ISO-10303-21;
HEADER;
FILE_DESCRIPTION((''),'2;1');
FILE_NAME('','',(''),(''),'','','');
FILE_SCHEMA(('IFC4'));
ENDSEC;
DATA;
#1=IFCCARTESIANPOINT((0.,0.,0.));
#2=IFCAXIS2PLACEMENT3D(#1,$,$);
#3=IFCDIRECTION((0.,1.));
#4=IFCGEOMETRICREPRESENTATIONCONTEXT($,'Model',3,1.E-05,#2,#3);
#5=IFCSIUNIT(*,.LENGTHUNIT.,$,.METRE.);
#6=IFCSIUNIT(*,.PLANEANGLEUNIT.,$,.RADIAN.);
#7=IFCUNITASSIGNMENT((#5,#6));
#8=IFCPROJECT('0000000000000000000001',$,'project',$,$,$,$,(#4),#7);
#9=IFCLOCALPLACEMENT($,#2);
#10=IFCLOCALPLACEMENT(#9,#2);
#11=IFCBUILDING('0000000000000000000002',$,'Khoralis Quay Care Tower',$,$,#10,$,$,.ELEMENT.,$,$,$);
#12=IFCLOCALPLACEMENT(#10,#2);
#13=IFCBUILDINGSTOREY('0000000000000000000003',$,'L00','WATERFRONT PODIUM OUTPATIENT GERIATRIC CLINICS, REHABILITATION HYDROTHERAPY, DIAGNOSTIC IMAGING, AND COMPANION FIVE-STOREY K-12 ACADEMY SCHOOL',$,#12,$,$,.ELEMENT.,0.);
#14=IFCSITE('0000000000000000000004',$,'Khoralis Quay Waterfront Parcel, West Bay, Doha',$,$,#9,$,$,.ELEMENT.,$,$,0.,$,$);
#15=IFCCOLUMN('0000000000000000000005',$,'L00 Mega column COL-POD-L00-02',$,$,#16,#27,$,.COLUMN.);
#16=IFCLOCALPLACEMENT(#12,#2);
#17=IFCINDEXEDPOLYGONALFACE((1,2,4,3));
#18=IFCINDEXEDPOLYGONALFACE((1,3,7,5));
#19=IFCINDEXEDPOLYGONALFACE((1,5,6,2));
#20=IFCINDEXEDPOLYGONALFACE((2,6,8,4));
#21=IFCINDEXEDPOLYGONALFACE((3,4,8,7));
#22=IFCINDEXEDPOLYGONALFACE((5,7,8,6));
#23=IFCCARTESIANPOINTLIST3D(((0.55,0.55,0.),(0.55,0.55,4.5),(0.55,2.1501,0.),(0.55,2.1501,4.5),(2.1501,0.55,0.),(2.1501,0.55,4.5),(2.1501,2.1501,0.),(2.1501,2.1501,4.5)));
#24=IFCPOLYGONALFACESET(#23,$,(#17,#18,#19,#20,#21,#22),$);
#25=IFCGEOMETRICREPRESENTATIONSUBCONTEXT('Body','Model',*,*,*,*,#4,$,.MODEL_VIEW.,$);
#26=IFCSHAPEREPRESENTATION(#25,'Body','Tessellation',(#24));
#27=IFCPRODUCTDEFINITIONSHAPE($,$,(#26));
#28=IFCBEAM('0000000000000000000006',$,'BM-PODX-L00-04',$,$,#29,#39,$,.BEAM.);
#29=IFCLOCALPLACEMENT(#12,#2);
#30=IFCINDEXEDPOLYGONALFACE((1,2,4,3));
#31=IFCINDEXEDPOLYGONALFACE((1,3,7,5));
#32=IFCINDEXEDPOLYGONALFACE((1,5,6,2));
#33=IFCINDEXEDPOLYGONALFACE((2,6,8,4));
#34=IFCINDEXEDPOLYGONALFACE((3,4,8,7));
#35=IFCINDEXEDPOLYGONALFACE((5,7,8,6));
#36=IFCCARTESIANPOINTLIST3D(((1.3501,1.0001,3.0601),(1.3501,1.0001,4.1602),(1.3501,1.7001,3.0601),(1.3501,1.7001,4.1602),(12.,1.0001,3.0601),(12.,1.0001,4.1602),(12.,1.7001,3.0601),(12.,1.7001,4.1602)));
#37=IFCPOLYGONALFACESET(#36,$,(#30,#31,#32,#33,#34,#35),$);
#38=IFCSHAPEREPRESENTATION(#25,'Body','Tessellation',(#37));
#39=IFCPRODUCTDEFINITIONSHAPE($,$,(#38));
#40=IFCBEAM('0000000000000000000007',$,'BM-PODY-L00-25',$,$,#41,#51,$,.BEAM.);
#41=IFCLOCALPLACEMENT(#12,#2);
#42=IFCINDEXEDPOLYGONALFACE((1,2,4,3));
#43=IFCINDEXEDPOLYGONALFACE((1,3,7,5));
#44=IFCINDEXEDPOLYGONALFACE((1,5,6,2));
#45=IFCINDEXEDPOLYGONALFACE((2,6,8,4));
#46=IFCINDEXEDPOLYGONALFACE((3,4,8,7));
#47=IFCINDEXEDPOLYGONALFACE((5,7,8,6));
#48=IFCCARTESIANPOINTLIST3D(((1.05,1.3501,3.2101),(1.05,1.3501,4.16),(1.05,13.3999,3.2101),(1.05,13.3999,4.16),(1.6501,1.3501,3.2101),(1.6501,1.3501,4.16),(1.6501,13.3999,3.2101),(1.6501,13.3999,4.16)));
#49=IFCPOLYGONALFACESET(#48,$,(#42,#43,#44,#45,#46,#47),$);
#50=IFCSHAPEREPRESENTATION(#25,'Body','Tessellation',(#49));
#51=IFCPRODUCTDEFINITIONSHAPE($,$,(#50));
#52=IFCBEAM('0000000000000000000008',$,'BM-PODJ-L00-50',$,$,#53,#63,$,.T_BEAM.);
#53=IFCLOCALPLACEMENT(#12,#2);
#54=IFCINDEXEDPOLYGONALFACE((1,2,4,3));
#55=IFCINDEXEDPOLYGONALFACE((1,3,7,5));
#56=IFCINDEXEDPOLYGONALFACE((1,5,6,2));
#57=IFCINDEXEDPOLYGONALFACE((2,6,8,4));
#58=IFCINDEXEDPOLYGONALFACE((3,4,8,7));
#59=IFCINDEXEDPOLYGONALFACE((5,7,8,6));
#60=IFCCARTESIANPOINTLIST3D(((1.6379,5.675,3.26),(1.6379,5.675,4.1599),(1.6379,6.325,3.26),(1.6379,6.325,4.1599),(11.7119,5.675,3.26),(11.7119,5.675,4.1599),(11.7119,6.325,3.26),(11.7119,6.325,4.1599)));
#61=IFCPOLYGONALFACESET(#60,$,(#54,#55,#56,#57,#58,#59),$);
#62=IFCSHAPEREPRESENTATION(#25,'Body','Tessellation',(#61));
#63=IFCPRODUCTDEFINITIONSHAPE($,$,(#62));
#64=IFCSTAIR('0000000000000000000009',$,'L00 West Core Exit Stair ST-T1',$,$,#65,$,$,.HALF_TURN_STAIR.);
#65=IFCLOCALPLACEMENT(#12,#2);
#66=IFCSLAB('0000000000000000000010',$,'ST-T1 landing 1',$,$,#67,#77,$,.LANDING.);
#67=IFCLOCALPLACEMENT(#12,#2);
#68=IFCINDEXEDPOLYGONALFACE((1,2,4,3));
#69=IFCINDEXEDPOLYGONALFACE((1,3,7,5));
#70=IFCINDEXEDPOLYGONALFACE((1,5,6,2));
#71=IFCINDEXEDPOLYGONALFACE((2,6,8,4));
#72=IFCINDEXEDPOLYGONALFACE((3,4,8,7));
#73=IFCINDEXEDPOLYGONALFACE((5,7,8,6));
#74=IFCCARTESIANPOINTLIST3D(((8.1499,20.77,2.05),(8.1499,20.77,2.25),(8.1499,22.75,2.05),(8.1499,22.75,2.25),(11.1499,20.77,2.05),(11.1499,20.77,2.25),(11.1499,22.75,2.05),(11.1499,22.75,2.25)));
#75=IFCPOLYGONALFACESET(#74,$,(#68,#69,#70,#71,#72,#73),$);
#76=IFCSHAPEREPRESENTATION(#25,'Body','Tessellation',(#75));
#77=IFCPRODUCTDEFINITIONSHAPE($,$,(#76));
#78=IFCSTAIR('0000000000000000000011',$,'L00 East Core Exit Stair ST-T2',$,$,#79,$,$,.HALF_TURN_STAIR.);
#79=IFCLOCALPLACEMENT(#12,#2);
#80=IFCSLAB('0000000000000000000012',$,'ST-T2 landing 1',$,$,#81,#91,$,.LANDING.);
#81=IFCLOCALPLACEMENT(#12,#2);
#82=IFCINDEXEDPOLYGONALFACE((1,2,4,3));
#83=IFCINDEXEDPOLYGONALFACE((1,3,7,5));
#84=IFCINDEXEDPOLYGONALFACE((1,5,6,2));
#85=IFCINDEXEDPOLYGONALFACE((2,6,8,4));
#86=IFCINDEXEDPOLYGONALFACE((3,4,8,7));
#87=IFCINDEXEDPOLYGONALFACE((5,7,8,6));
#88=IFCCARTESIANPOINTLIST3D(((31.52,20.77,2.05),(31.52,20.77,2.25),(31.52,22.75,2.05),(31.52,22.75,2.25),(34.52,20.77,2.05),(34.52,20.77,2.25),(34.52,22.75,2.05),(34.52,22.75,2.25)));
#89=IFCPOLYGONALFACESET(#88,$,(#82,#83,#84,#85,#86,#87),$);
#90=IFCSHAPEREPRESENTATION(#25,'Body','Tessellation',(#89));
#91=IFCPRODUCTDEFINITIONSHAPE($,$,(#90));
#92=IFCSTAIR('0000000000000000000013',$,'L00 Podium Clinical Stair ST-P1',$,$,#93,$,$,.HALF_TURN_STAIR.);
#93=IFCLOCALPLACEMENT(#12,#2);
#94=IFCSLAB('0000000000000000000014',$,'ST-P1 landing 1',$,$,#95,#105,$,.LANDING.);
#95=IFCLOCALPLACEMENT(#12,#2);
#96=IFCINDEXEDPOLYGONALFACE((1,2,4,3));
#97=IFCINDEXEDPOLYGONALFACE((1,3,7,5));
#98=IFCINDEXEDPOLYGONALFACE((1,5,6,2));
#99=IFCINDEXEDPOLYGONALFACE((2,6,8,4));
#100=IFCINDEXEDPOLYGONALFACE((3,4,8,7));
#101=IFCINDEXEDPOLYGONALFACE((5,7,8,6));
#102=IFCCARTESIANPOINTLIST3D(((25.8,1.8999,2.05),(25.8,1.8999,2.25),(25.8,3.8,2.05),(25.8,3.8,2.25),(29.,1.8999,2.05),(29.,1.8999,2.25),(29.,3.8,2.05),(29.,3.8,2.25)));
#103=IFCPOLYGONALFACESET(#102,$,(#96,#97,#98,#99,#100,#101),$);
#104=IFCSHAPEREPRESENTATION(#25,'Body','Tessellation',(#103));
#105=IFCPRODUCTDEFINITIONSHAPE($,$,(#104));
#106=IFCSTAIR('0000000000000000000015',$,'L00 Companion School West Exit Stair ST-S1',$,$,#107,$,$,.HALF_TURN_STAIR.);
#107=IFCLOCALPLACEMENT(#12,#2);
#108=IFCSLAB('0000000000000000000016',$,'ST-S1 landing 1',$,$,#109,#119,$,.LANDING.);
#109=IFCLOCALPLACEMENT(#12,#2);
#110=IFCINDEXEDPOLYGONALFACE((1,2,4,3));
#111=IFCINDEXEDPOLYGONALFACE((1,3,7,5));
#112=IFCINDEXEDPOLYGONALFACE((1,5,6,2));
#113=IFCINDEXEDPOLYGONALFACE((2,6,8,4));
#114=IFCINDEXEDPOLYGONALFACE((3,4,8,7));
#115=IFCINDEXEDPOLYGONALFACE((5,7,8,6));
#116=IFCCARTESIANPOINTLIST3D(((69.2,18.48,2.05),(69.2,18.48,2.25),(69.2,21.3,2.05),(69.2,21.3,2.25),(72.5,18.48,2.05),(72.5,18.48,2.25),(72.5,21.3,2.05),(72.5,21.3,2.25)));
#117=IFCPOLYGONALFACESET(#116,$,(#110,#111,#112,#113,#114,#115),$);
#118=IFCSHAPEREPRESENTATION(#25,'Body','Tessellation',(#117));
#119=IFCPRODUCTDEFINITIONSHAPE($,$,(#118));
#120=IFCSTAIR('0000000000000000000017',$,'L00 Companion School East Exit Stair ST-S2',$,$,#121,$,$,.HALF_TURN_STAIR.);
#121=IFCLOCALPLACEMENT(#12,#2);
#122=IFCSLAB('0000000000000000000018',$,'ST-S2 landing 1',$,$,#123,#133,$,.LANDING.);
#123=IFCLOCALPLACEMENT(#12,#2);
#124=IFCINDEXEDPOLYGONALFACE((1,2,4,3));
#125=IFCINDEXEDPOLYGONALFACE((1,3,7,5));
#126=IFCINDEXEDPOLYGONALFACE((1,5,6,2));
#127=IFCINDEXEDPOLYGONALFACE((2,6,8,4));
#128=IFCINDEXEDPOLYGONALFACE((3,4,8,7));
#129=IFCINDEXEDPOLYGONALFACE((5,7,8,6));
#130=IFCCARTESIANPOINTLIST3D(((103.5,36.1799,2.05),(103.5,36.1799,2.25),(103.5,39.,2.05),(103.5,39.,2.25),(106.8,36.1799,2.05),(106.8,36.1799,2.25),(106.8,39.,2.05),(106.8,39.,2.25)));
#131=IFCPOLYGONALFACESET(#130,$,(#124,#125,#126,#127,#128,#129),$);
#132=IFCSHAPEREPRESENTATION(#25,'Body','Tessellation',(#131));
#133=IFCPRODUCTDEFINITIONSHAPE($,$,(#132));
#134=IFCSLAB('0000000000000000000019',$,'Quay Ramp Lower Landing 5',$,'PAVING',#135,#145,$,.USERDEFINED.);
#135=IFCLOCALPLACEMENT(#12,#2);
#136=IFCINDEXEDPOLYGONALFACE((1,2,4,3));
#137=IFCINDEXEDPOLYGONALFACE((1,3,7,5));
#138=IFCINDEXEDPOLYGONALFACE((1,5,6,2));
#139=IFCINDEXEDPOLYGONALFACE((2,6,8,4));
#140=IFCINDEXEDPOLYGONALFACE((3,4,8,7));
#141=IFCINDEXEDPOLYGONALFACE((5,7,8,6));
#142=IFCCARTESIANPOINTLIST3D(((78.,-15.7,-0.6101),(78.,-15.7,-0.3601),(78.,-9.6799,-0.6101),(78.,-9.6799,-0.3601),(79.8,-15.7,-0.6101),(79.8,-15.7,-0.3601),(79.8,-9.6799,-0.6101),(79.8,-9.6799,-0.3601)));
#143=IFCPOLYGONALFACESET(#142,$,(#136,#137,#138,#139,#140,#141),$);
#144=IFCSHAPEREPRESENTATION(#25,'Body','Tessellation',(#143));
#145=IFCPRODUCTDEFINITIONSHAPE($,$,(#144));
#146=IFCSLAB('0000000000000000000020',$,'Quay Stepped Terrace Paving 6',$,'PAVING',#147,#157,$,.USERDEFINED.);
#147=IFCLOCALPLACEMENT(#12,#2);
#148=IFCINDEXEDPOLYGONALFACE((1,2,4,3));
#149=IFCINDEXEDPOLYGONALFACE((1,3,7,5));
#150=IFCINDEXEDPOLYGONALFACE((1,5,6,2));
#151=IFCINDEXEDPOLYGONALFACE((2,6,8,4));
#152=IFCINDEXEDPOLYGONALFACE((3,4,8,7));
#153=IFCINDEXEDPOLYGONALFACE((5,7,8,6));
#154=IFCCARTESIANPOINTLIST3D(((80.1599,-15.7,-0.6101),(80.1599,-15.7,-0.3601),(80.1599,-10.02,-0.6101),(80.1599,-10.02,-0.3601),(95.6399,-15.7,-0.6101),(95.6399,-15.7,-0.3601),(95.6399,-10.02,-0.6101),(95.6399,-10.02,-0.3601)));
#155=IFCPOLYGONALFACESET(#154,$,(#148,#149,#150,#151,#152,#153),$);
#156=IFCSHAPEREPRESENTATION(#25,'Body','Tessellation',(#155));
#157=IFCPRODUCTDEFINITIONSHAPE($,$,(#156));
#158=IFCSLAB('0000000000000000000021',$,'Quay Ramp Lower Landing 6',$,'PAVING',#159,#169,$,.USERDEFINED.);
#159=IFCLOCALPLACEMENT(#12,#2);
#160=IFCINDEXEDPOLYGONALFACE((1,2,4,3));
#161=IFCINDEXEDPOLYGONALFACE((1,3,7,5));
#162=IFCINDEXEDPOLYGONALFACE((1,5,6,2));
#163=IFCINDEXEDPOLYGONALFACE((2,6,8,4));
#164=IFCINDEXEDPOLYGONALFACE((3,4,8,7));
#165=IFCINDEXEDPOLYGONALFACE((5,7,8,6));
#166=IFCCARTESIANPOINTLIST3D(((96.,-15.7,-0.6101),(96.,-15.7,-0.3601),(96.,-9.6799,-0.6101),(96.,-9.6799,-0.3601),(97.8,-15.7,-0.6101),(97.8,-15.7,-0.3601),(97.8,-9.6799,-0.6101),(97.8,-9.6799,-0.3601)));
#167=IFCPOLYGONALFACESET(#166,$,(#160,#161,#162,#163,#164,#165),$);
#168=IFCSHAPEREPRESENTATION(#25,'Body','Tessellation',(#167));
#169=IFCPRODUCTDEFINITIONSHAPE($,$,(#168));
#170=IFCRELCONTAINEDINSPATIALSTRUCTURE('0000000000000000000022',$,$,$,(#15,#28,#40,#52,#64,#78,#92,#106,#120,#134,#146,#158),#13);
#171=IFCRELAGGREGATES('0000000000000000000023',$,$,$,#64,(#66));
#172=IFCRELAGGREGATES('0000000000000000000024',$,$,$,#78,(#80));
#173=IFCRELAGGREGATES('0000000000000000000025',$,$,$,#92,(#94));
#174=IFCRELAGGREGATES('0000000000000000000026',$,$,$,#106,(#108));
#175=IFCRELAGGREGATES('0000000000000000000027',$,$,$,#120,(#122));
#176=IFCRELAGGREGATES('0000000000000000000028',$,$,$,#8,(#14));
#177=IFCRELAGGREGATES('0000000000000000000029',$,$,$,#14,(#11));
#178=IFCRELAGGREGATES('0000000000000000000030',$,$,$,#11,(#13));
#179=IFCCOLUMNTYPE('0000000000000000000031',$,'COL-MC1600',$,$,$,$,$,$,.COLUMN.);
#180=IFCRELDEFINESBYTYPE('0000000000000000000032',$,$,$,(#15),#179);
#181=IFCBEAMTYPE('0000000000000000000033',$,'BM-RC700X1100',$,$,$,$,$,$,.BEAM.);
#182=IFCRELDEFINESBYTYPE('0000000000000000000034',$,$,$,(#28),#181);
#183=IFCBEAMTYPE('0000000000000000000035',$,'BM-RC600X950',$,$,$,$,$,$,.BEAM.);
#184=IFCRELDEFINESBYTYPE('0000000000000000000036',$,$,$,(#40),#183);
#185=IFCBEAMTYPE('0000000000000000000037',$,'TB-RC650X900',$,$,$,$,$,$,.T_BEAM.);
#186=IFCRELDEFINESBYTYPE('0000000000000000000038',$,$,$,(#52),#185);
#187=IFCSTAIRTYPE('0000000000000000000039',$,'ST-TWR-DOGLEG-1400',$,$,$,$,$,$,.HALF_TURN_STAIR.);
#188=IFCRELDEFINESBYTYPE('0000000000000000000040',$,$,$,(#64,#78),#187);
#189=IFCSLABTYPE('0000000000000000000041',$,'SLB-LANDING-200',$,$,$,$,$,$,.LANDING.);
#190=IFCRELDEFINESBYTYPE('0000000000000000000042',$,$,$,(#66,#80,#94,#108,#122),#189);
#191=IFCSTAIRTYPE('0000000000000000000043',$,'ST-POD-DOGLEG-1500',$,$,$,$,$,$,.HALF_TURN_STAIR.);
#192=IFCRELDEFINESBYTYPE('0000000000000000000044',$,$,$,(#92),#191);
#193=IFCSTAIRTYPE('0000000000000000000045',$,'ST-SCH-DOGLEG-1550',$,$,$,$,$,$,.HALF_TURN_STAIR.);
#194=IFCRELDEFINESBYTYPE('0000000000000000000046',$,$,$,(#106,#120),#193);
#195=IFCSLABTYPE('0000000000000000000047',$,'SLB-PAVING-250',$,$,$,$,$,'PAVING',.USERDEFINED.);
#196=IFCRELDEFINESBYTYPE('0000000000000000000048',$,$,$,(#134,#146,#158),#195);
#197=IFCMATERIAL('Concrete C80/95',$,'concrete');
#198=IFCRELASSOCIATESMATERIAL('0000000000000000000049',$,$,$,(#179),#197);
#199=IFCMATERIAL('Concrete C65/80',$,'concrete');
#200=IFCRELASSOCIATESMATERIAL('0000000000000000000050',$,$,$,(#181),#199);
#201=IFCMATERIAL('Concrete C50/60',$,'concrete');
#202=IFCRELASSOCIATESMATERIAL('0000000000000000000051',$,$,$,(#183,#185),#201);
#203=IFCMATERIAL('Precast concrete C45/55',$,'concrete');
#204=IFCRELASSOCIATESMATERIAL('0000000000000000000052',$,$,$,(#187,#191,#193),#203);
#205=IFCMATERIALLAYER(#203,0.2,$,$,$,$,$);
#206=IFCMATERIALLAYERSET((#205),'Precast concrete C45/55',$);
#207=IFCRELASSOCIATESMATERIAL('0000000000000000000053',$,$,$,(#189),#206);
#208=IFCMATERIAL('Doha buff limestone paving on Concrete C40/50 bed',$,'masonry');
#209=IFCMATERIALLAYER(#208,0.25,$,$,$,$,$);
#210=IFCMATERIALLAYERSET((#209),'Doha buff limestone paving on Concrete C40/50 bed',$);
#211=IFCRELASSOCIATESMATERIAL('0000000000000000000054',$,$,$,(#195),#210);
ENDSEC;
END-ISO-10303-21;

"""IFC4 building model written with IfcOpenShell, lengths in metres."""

from ifc_helpers import new_model, si_unit, direction, frame, origin, origin_2d, place, context, subcontext, project, spatial, polyline, rectangle, outline, extrude, source, transform, mapped, material, layer, layer_set, material_profile, profile_set, type_object, element, aggregate, save


model = new_model("IFC4")

# Units and contexts
model_context = context("Model", 3, precision=1e-05, world=origin(), true_north=direction((0.0, 1.0)))
body_context = subcontext(model_context, "Body", "Model", "MODEL_VIEW")
ifc_project = project(units=[si_unit("LENGTHUNIT", "METRE"), si_unit("PLANEANGLEUNIT", "RADIAN")], contexts=[model_context])

# Site, building, storey
site_placement = place(None, origin())
site = spatial("IfcSite", under=ifc_project, at=site_placement, Name="Khoralis Quay Waterfront Parcel, West Bay, Doha", CompositionType="ELEMENT", RefElevation=0.0)
building_placement = place(site_placement, origin())
building = spatial("IfcBuilding", under=site, at=building_placement, Name="Khoralis Quay Care Tower", CompositionType="ELEMENT")
storey_placement = place(building_placement, origin())
storey = spatial("IfcBuildingStorey", under=building, at=storey_placement, Name="L00", Description="WATERFRONT PODIUM OUTPATIENT GERIATRIC CLINICS, REHABILITATION HYDROTHERAPY, DIAGNOSTIC IMAGING, AND COMPANION FIVE-STOREY K-12 ACADEMY SCHOOL", CompositionType="ELEMENT", Elevation=0.0)

# Column
ifc_material_1 = material(Name="Concrete C80/95", Category="concrete")
ifc_material_profile_1 = material_profile(ifc_material_1, rectangle(XDim=1.6001, YDim=1.6001, at=origin_2d()), Name="Concrete C80/95")
ifc_profile_set_1 = profile_set([ifc_material_profile_1], Name="Concrete C80/95")
column_type = type_object("IfcColumnType", Name="COL-MC1600", PredefinedType="COLUMN", material=ifc_profile_set_1)
shared_shape_1 = source(origin(), body_context, "Body", "SweptSolid", [
    extrude(rectangle(XDim=1.6001, YDim=1.6001, at=origin_2d()), origin(), (0.0, 0.0, 1.0), 4.5),
])
column_placement = place(storey_placement, frame((1.3501, 1.3501, 0.0), z_axis=(0.0, 0.0, 1.0), x_axis=(1.0, 0.0, 0.0)))
element("IfcColumn", 1, at=column_placement, inside=storey, type_object=column_type, Name="L00 Mega column COL-POD-L00-02", PredefinedType="COLUMN", context=body_context, shape_type="MappedRepresentation", body=[
    mapped(shared_shape_1, transform((0.0, 0.0, 0.0), scale=1.0)),
])

# Beams
ifc_material_2 = material(Name="Concrete C65/80", Category="concrete")
ifc_material_profile_2 = material_profile(ifc_material_2, rectangle(XDim=0.7, YDim=1.1001, at=origin_2d()), Name="Concrete C65/80")
ifc_profile_set_2 = profile_set([ifc_material_profile_2], Name="Concrete C65/80")
beam_type_1 = type_object("IfcBeamType", Name="BM-RC700X1100", PredefinedType="BEAM", material=ifc_profile_set_2)
shared_shape_2 = source(origin(), body_context, "Body", "SweptSolid", [
    extrude(rectangle(XDim=0.7, YDim=1.1001, at=origin_2d()), origin(), (0.0, 0.0, 1.0), 10.6499),
])
beam_1_placement = place(storey_placement, frame((1.3501, 1.3501, 3.6101), z_axis=(1.0, 0.0, 0.0), x_axis=(0.0, 1.0, 0.0)))
element("IfcBeam", 2, at=beam_1_placement, inside=storey, type_object=beam_type_1, Name="BM-PODX-L00-04", PredefinedType="BEAM", context=body_context, shape_type="MappedRepresentation", body=[
    mapped(shared_shape_2, transform((0.0, 0.0, 0.0), scale=1.0)),
])
ifc_material_3 = material(Name="Concrete C50/60", Category="concrete")
ifc_material_profile_3 = material_profile(ifc_material_3, rectangle(XDim=0.6001, YDim=0.95, at=origin_2d()), Name="Concrete C50/60")
ifc_profile_set_3 = profile_set([ifc_material_profile_3], Name="Concrete C50/60")
beam_type_2 = type_object("IfcBeamType", Name="BM-RC600X950", PredefinedType="BEAM", material=ifc_profile_set_3)
shared_shape_3 = source(origin(), body_context, "Body", "SweptSolid", [
    extrude(rectangle(XDim=0.6001, YDim=0.95, at=origin_2d()), origin(), (0.0, 0.0, 1.0), 12.0498),
])
beam_2_placement = place(storey_placement, frame((1.3501, 1.3501, 3.6851), z_axis=(0.0, 1.0, 0.0), x_axis=(-1.0, 0.0, 0.0)))
element("IfcBeam", 3, at=beam_2_placement, inside=storey, type_object=beam_type_2, Name="BM-PODY-L00-25", PredefinedType="BEAM", context=body_context, shape_type="MappedRepresentation", body=[
    mapped(shared_shape_3, transform((0.0, 0.0, 0.0), scale=1.0)),
])
ifc_material_profile_4 = material_profile(ifc_material_3, rectangle(XDim=0.6499, YDim=0.8999, at=origin_2d()), Name="Concrete C50/60")
ifc_profile_set_4 = profile_set([ifc_material_profile_4], Name="Concrete C50/60")
beam_type_3 = type_object("IfcBeamType", Name="TB-RC650X900", PredefinedType="T_BEAM", material=ifc_profile_set_4)
shared_shape_4 = source(origin(), body_context, "Body", "SweptSolid", [
    extrude(rectangle(XDim=0.6499, YDim=0.8999, at=origin_2d()), origin(), (0.0, 0.0, 1.0), 10.074),
])
beam_3_placement = place(storey_placement, frame((1.6379, 6.0, 3.71), z_axis=(1.0, 0.0, 0.0), x_axis=(0.0, 1.0, 0.0)))
element("IfcBeam", 4, at=beam_3_placement, inside=storey, type_object=beam_type_3, Name="BM-PODJ-L00-50", PredefinedType="T_BEAM", context=body_context, shape_type="MappedRepresentation", body=[
    mapped(shared_shape_4, transform((0.0, 0.0, 0.0), scale=1.0)),
])

# Stairs, slabs
ifc_material_4 = material(Name="Precast concrete C45/55", Category="concrete")
stair_type_1 = type_object("IfcStairType", Name="ST-TWR-DOGLEG-1400", PredefinedType="HALF_TURN_STAIR", material=ifc_material_4)
stair_1_placement = place(storey_placement, origin())
stair_1 = element("IfcStair", 5, at=stair_1_placement, inside=storey, type_object=stair_type_1, Name="L00 West Core Exit Stair ST-T1", PredefinedType="HALF_TURN_STAIR")
ifc_layer_1 = layer(ifc_material_4, 0.2)
ifc_layer_set_1 = layer_set([ifc_layer_1], Name="Precast concrete C45/55")
slab_type_1 = type_object("IfcSlabType", Name="SLB-LANDING-200", PredefinedType="LANDING", material=ifc_layer_set_1)
slab_1_placement = place(storey_placement, frame((0.0, 0.0, 2.05)))
slab_1 = element("IfcSlab", 6, at=slab_1_placement, type_object=slab_type_1, Name="ST-T1 landing 1", PredefinedType="LANDING", context=body_context, shape_type="SweptSolid", body=[
    extrude(outline(polyline([(11.1499, 20.77), (11.1499, 22.75), (8.1499, 22.75), (8.1499, 20.77), (11.1499, 20.77)])), origin(), (0.0, 0.0, 1.0), 0.2),
])
aggregate(stair_1, [slab_1])
stair_2_placement = place(storey_placement, origin())
stair_2 = element("IfcStair", 7, at=stair_2_placement, inside=storey, type_object=stair_type_1, Name="L00 East Core Exit Stair ST-T2", PredefinedType="HALF_TURN_STAIR")
slab_2_placement = place(storey_placement, frame((0.0, 0.0, 2.05)))
slab_2 = element("IfcSlab", 8, at=slab_2_placement, type_object=slab_type_1, Name="ST-T2 landing 1", PredefinedType="LANDING", context=body_context, shape_type="SweptSolid", body=[
    extrude(outline(polyline([(34.52, 20.77), (34.52, 22.75), (31.52, 22.75), (31.52, 20.77), (34.52, 20.77)])), origin(), (0.0, 0.0, 1.0), 0.2),
])
aggregate(stair_2, [slab_2])
stair_type_2 = type_object("IfcStairType", Name="ST-POD-DOGLEG-1500", PredefinedType="HALF_TURN_STAIR", material=ifc_material_4)
stair_3_placement = place(storey_placement, origin())
stair_3 = element("IfcStair", 9, at=stair_3_placement, inside=storey, type_object=stair_type_2, Name="L00 Podium Clinical Stair ST-P1", PredefinedType="HALF_TURN_STAIR")
slab_3_placement = place(storey_placement, frame((0.0, 0.0, 2.05)))
slab_3 = element("IfcSlab", 10, at=slab_3_placement, type_object=slab_type_1, Name="ST-P1 landing 1", PredefinedType="LANDING", context=body_context, shape_type="SweptSolid", body=[
    extrude(outline(polyline([(25.8, 3.8), (25.8, 1.8999), (29.0, 1.8999), (29.0, 3.8), (25.8, 3.8)])), origin(), (0.0, 0.0, 1.0), 0.2),
])
aggregate(stair_3, [slab_3])
stair_type_3 = type_object("IfcStairType", Name="ST-SCH-DOGLEG-1550", PredefinedType="HALF_TURN_STAIR", material=ifc_material_4)
stair_4_placement = place(storey_placement, origin())
stair_4 = element("IfcStair", 11, at=stair_4_placement, inside=storey, type_object=stair_type_3, Name="L00 Companion School West Exit Stair ST-S1", PredefinedType="HALF_TURN_STAIR")
slab_4_placement = place(storey_placement, frame((0.0, 0.0, 2.05)))
slab_4 = element("IfcSlab", 12, at=slab_4_placement, type_object=slab_type_1, Name="ST-S1 landing 1", PredefinedType="LANDING", context=body_context, shape_type="SweptSolid", body=[
    extrude(outline(polyline([(72.5, 18.48), (72.5, 21.3), (69.2, 21.3), (69.2, 18.48), (72.5, 18.48)])), origin(), (0.0, 0.0, 1.0), 0.2),
])
aggregate(stair_4, [slab_4])
stair_5_placement = place(storey_placement, origin())
stair_5 = element("IfcStair", 13, at=stair_5_placement, inside=storey, type_object=stair_type_3, Name="L00 Companion School East Exit Stair ST-S2", PredefinedType="HALF_TURN_STAIR")
slab_5_placement = place(storey_placement, frame((0.0, 0.0, 2.05)))
slab_5 = element("IfcSlab", 14, at=slab_5_placement, type_object=slab_type_1, Name="ST-S2 landing 1", PredefinedType="LANDING", context=body_context, shape_type="SweptSolid", body=[
    extrude(outline(polyline([(106.8, 36.1799), (106.8, 39.0), (103.5, 39.0), (103.5, 36.1799), (106.8, 36.1799)])), origin(), (0.0, 0.0, 1.0), 0.2),
])
aggregate(stair_5, [slab_5])

# Slabs
ifc_material_5 = material(Name="Doha buff limestone paving on Concrete C40/50 bed", Category="masonry")
ifc_layer_2 = layer(ifc_material_5, 0.25)
ifc_layer_set_2 = layer_set([ifc_layer_2], Name="Doha buff limestone paving on Concrete C40/50 bed")
slab_type_2 = type_object("IfcSlabType", Name="SLB-PAVING-250", ElementType="PAVING", PredefinedType="USERDEFINED", material=ifc_layer_set_2)
slab_6_placement = place(storey_placement, frame((0.0, 0.0, -0.6101)))
element("IfcSlab", 15, at=slab_6_placement, inside=storey, type_object=slab_type_2, Name="Quay Ramp Lower Landing 5", ObjectType="PAVING", PredefinedType="USERDEFINED", context=body_context, shape_type="SweptSolid", body=[
    extrude(outline(polyline([(78.0, -15.7), (79.8, -15.7), (79.8, -9.6799), (78.0, -9.6799), (78.0, -15.7)])), origin(), (0.0, 0.0, 1.0), 0.25),
])
slab_7_placement = place(storey_placement, frame((0.0, 0.0, -0.6101)))
element("IfcSlab", 16, at=slab_7_placement, inside=storey, type_object=slab_type_2, Name="Quay Stepped Terrace Paving 6", ObjectType="PAVING", PredefinedType="USERDEFINED", context=body_context, shape_type="SweptSolid", body=[
    extrude(outline(polyline([(80.1599, -15.7), (95.6399, -15.7), (95.6399, -10.02), (80.1599, -10.02), (80.1599, -15.7)])), origin(), (0.0, 0.0, 1.0), 0.25),
])
slab_8_placement = place(storey_placement, frame((0.0, 0.0, -0.6101)))
element("IfcSlab", 17, at=slab_8_placement, inside=storey, type_object=slab_type_2, Name="Quay Ramp Lower Landing 6", ObjectType="PAVING", PredefinedType="USERDEFINED", context=body_context, shape_type="SweptSolid", body=[
    extrude(outline(polyline([(96.0, -15.7), (97.8, -15.7), (97.8, -9.6799), (96.0, -9.6799), (96.0, -15.7)])), origin(), (0.0, 0.0, 1.0), 0.25),
])

save(model, "model.ifc")
